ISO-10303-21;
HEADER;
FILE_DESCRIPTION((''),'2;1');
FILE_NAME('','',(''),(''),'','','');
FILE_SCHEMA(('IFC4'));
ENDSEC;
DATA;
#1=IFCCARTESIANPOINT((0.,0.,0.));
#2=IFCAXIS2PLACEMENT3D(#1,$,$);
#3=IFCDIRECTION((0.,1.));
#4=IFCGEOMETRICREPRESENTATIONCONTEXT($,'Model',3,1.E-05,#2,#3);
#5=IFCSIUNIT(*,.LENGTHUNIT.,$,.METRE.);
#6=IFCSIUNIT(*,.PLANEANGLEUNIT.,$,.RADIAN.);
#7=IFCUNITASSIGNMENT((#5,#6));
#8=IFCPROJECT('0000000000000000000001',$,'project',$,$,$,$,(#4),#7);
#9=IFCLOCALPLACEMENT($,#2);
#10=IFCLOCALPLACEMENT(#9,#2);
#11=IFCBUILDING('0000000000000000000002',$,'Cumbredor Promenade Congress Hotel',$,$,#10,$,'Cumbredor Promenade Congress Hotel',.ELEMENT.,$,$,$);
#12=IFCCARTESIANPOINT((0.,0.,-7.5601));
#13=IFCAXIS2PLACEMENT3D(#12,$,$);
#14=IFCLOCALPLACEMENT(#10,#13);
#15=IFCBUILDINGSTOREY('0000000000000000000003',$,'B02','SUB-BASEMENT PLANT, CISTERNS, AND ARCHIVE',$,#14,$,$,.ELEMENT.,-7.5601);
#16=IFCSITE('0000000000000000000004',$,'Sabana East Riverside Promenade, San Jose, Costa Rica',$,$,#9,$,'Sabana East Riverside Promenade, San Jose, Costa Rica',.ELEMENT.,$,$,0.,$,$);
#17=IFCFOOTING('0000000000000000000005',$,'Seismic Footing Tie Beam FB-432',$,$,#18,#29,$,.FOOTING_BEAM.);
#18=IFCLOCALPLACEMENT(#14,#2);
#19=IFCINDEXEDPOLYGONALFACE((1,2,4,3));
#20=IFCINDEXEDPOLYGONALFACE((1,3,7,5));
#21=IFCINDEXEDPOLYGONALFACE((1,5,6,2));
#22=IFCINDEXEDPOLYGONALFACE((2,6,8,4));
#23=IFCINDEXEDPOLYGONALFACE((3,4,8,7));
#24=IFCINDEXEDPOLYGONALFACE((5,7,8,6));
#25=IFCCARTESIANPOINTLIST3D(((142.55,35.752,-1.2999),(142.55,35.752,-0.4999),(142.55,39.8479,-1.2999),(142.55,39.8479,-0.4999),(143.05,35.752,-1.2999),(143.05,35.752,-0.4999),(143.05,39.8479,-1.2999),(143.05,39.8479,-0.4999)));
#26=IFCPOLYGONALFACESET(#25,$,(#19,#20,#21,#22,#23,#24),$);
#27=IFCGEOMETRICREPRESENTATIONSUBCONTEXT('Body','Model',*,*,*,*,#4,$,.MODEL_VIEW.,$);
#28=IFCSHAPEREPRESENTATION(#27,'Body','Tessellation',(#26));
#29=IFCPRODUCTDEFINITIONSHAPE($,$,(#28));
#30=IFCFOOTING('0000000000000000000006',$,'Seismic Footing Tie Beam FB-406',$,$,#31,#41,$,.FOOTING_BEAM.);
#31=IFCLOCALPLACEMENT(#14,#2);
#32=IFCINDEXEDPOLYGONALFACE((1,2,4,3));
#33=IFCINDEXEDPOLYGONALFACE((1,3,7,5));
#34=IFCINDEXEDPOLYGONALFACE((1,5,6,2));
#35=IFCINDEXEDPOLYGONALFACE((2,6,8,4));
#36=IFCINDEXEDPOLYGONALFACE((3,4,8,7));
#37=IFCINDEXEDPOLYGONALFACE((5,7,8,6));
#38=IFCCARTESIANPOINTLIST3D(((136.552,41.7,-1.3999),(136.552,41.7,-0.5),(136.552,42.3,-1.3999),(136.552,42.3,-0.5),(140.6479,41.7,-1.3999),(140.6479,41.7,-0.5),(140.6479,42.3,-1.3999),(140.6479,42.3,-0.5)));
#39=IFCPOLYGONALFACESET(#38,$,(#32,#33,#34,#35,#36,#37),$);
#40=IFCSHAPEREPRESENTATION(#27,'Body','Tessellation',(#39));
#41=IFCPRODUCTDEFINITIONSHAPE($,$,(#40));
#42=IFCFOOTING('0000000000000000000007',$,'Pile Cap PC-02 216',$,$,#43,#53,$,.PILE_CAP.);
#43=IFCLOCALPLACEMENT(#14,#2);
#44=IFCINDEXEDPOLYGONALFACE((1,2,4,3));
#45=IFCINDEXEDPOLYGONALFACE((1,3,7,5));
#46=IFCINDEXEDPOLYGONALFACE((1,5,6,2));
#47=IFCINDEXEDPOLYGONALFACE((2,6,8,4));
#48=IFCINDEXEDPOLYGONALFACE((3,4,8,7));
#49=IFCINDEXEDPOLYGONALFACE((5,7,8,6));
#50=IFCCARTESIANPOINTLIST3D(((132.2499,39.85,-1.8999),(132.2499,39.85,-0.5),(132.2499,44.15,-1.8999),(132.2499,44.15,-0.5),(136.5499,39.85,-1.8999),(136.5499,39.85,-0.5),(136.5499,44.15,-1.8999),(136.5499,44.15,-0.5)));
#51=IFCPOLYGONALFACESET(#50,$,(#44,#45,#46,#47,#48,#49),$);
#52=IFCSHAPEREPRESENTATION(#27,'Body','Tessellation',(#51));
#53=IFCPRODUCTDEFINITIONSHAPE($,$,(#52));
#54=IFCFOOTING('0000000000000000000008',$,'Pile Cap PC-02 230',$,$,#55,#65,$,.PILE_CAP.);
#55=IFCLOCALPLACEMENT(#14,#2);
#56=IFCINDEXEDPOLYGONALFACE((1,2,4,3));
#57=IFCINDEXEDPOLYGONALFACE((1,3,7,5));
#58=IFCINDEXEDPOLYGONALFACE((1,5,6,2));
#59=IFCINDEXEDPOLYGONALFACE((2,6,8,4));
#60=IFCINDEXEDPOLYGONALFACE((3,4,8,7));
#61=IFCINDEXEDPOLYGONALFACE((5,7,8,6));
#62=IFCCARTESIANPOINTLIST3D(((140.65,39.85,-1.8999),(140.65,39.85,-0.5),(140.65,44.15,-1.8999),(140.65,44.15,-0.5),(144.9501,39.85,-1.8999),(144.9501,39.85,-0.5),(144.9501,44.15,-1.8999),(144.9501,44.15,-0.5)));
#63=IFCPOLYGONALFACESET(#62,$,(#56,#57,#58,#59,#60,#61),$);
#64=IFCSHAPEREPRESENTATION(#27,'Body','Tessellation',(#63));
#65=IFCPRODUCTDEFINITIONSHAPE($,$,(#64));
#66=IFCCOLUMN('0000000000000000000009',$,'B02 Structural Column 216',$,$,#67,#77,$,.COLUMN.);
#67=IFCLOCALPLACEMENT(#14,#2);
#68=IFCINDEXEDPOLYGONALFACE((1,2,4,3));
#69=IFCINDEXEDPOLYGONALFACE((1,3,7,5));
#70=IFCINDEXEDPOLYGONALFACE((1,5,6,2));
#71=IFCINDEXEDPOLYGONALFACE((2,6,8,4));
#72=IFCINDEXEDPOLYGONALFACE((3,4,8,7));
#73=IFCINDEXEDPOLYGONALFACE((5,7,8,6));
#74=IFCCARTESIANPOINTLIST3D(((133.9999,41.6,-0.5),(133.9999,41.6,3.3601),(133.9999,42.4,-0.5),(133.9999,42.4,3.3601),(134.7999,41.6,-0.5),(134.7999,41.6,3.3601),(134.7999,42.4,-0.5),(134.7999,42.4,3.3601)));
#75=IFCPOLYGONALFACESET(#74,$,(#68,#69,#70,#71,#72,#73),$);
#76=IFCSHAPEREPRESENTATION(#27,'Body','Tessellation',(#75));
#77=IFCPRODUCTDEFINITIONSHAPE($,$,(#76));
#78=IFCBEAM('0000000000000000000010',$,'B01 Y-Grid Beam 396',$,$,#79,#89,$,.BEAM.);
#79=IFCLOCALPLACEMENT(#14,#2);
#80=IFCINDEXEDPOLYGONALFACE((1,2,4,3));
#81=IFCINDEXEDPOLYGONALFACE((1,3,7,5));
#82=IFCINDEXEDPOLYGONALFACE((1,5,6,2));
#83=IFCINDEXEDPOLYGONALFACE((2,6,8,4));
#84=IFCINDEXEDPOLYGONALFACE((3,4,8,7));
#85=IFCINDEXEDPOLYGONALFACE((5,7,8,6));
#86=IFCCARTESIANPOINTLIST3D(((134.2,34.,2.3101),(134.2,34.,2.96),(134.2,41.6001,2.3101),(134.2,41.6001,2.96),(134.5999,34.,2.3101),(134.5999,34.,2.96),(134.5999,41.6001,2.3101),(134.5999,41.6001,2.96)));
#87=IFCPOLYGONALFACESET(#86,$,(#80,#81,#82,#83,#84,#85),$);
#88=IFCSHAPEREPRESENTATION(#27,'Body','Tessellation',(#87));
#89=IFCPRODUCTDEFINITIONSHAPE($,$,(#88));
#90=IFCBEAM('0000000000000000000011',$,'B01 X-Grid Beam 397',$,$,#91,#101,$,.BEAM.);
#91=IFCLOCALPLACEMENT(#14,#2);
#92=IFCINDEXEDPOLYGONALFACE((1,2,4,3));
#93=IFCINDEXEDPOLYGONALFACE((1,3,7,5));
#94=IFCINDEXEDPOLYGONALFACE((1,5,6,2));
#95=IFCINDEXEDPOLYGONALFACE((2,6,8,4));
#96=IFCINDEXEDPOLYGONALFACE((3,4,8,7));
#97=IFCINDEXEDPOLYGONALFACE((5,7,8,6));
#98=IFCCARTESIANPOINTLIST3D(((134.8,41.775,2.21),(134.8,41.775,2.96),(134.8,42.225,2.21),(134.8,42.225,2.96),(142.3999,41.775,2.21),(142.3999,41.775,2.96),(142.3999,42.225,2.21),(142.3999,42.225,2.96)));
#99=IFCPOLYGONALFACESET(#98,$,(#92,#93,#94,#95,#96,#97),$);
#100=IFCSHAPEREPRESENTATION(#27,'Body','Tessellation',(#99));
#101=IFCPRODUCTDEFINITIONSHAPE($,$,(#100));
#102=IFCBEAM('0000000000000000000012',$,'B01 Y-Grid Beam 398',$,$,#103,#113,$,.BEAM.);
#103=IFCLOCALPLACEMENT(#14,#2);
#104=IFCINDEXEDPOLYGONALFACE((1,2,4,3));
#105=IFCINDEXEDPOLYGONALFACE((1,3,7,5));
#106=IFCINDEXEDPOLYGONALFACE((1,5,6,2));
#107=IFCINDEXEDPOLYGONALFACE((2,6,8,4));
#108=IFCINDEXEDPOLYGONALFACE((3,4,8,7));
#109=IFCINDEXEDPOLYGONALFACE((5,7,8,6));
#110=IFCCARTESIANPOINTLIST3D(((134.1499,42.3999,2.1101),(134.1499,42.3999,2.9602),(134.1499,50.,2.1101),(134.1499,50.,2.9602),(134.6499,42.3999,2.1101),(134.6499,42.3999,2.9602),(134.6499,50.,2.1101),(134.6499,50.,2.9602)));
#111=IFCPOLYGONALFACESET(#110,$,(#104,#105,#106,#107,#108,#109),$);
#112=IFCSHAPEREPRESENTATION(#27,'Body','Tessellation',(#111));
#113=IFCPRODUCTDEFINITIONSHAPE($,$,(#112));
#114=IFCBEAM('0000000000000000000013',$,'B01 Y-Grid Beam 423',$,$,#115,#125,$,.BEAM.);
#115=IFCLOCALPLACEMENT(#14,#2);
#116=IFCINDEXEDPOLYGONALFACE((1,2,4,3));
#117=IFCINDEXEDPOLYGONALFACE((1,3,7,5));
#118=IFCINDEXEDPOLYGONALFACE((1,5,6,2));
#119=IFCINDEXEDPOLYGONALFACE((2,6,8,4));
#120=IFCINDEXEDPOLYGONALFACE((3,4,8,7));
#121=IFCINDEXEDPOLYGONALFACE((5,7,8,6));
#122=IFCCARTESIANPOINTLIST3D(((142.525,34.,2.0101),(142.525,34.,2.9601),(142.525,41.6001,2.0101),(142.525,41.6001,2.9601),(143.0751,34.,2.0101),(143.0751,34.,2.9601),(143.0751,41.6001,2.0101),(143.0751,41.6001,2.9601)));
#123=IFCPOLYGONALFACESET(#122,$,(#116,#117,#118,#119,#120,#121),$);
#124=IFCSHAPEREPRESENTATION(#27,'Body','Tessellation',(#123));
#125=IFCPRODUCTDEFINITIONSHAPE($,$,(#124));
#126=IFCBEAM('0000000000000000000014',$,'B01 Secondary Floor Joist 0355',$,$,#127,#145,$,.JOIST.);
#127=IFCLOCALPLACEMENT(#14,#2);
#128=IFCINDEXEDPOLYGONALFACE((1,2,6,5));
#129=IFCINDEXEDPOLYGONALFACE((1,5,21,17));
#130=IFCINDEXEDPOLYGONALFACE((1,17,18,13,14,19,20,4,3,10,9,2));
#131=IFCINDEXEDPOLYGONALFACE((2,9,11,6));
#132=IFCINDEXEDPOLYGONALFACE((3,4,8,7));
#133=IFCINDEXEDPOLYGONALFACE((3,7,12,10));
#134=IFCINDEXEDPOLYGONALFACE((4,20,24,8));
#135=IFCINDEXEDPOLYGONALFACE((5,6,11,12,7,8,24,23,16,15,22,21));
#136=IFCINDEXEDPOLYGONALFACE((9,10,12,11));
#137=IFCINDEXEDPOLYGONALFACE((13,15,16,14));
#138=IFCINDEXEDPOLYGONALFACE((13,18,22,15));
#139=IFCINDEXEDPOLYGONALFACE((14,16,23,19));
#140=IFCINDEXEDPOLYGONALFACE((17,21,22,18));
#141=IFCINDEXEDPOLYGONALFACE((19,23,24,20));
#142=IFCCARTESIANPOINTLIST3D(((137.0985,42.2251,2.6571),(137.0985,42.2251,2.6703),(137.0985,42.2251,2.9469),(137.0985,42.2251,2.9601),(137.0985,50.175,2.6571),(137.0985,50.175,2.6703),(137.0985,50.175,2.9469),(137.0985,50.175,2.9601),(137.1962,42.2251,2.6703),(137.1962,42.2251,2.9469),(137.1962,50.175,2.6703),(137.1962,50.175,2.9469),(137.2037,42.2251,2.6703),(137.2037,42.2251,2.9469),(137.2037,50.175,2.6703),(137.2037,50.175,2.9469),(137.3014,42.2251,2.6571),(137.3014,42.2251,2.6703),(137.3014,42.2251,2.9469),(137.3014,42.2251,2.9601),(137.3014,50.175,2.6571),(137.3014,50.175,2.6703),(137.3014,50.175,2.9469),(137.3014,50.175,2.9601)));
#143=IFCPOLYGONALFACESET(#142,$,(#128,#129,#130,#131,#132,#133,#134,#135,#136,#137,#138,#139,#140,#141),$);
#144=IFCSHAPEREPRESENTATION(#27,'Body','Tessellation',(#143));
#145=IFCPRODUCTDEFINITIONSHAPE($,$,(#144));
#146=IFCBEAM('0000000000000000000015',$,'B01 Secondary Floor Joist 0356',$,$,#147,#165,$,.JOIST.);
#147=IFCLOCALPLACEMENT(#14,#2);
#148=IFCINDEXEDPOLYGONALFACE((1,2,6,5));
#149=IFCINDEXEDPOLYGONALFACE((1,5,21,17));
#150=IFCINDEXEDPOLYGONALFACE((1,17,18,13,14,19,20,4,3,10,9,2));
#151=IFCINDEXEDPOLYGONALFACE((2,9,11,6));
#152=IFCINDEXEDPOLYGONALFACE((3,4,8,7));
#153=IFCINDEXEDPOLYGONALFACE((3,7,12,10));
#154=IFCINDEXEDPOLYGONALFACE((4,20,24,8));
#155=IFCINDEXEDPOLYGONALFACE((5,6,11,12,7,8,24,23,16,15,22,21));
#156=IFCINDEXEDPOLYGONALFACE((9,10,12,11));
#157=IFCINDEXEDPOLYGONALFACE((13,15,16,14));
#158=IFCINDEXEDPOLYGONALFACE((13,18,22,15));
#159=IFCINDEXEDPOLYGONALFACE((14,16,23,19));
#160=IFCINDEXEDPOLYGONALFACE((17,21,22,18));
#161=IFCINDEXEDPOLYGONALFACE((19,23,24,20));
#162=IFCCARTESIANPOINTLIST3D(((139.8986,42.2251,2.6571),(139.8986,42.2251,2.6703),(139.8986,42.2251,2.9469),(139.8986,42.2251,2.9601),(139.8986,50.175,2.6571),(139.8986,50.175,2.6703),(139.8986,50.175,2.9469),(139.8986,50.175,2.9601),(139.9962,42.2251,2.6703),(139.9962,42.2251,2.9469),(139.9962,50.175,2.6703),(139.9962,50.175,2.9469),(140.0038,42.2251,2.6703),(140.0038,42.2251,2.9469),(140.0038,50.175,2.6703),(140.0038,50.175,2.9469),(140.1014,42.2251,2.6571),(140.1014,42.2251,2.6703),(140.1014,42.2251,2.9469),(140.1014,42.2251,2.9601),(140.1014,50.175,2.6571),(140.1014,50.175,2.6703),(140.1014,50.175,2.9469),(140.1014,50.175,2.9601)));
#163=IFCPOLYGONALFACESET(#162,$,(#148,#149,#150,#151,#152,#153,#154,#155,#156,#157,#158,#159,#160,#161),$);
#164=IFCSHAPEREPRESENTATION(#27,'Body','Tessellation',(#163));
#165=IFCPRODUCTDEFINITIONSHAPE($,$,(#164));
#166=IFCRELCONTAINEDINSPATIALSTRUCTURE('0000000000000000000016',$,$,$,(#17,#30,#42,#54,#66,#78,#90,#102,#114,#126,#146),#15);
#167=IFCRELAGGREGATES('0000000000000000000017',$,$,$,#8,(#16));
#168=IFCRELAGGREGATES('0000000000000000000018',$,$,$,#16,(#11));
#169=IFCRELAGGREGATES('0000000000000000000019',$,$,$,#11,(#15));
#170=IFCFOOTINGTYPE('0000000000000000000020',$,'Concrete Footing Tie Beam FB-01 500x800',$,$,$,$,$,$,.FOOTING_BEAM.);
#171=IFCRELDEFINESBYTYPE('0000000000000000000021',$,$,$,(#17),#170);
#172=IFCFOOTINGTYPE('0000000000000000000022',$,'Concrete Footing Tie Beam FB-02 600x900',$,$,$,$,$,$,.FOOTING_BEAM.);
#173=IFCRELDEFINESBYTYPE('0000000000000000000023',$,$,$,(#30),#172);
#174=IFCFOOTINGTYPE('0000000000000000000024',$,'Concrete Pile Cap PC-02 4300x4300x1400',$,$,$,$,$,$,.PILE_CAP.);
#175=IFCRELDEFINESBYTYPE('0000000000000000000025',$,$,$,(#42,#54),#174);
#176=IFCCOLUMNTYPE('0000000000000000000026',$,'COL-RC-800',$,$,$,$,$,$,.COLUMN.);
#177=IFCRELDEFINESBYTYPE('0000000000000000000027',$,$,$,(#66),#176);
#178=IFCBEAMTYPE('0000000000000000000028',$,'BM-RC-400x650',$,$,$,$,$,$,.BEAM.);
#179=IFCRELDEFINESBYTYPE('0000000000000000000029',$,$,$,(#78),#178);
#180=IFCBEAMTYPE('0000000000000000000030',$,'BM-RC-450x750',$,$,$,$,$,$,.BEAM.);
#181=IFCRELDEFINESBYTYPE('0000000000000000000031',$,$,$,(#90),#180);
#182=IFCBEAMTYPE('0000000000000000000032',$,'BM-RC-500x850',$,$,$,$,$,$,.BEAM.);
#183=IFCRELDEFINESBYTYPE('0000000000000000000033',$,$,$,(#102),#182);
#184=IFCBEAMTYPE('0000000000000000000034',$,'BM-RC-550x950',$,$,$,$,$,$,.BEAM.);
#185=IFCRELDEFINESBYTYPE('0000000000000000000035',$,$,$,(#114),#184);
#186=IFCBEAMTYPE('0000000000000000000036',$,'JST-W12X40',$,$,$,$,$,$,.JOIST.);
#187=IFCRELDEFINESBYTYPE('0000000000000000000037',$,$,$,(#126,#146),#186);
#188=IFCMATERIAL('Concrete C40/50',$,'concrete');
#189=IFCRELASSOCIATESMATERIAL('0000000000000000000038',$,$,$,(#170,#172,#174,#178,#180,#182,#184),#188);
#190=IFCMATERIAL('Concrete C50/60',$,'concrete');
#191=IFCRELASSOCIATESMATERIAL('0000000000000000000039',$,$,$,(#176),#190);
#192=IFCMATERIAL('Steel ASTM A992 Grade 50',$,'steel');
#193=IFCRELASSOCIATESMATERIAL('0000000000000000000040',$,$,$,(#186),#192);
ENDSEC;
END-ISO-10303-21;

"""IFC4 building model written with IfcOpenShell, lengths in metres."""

from ifc_helpers import new_model, si_unit, direction, frame, origin, origin_2d, place, context, subcontext, project, spatial, rectangle, i_section, extrude, material, material_profile, profile_set, type_object, element, save


model = new_model("IFC4")

# Units and contexts
model_context = context("Model", 3, precision=1e-05, world=origin(), true_north=direction((0.0, 1.0)))
body_context = subcontext(model_context, "Body", "Model", "MODEL_VIEW")
ifc_project = project(units=[si_unit("LENGTHUNIT", "METRE"), si_unit("PLANEANGLEUNIT", "RADIAN")], contexts=[model_context])

# Site, building, storey
site_placement = place(None, origin())
site = spatial("IfcSite", under=ifc_project, at=site_placement, Name="Sabana East Riverside Promenade, San Jose, Costa Rica", LongName="Sabana East Riverside Promenade, San Jose, Costa Rica", CompositionType="ELEMENT", RefElevation=0.0)
building_placement = place(site_placement, origin())
building = spatial("IfcBuilding", under=site, at=building_placement, Name="Cumbredor Promenade Congress Hotel", LongName="Cumbredor Promenade Congress Hotel", CompositionType="ELEMENT")
storey_placement = place(building_placement, frame((0.0, 0.0, -7.5601)))
storey = spatial("IfcBuildingStorey", under=building, at=storey_placement, Name="B02", Description="SUB-BASEMENT PLANT, CISTERNS, AND ARCHIVE", CompositionType="ELEMENT", Elevation=-7.5601)

# Shared definitions
ifc_material_1 = material(Name="Concrete C40/50", Category="concrete")

# Footings
ifc_material_profile_1 = material_profile(ifc_material_1, rectangle(XDim=0.5, YDim=0.8, at=origin_2d()), Name="FB 500x800")
ifc_profile_set_1 = profile_set([ifc_material_profile_1], Name="Concrete C40/50")
footing_type_1 = type_object("IfcFootingType", Name="Concrete Footing Tie Beam FB-01 500x800", PredefinedType="FOOTING_BEAM", material=ifc_profile_set_1)
for number, where, z_axis, x_axis, name in (
    (1, (142.8, 35.752, -0.8999), (0.0, 1.0, 0.0), (-1.0, 0.0, 0.0), "Seismic Footing Tie Beam FB-432"),
):
    element("IfcFooting", number, at=place(storey_placement, frame(where, z_axis=z_axis, x_axis=x_axis)), inside=storey, type_object=footing_type_1, Name=name, PredefinedType="FOOTING_BEAM", context=body_context, shape_type="SweptSolid", body=[
        extrude(rectangle(XDim=0.5, YDim=0.8, at=origin_2d()), origin(), (0.0, 0.0, 1.0), 4.0959),
    ])
ifc_material_profile_2 = material_profile(ifc_material_1, rectangle(XDim=0.6001, YDim=0.8999, at=origin_2d()), Name="FB 600x900")
ifc_profile_set_2 = profile_set([ifc_material_profile_2], Name="Concrete C40/50")
footing_type_2 = type_object("IfcFootingType", Name="Concrete Footing Tie Beam FB-02 600x900", PredefinedType="FOOTING_BEAM", material=ifc_profile_set_2)
footing_placement = place(storey_placement, frame((136.552, 42.0, -0.95), z_axis=(1.0, 0.0, 0.0), x_axis=(0.0, 1.0, 0.0)))
element("IfcFooting", 2, at=footing_placement, inside=storey, type_object=footing_type_2, Name="Seismic Footing Tie Beam FB-406", PredefinedType="FOOTING_BEAM", context=body_context, shape_type="SweptSolid", body=[
    extrude(rectangle(XDim=0.6001, YDim=0.8999, at=origin_2d()), origin(), (0.0, 0.0, 1.0), 4.0959),
])
footing_type_3 = type_object("IfcFootingType", Name="Concrete Pile Cap PC-02 4300x4300x1400", PredefinedType="PILE_CAP", material=ifc_material_1)
for number, where, z_axis, x_axis, name in (
    (3, (134.3999, 42.0, -1.8999), (0.0, 0.0, 1.0), (1.0, 0.0, 0.0), "Pile Cap PC-02 216"),
    (4, (142.8, 42.0, -1.8999), (0.0, 0.0, 1.0), (1.0, 0.0, 0.0), "Pile Cap PC-02 230"),
):
    element("IfcFooting", number, at=place(storey_placement, frame(where, z_axis=z_axis, x_axis=x_axis)), inside=storey, type_object=footing_type_3, Name=name, PredefinedType="PILE_CAP", context=body_context, shape_type="SweptSolid", body=[
        extrude(rectangle(XDim=4.3, YDim=4.3, at=origin_2d()), origin(), (0.0, 0.0, 1.0), 1.3999),
    ])

# Column
ifc_material_2 = material(Name="Concrete C50/60", Category="concrete")
ifc_material_profile_3 = material_profile(ifc_material_2, rectangle(XDim=0.8, YDim=0.8, at=origin_2d()), Name="RC 800x800")
ifc_profile_set_3 = profile_set([ifc_material_profile_3], Name="Concrete C50/60")
column_type = type_object("IfcColumnType", Name="COL-RC-800", PredefinedType="COLUMN", material=ifc_profile_set_3)
column_placement = place(storey_placement, frame((134.3999, 42.0, -0.5), z_axis=(0.0, 0.0, 1.0), x_axis=(1.0, 0.0, 0.0)))
element("IfcColumn", 5, at=column_placement, inside=storey, type_object=column_type, Name="B02 Structural Column 216", PredefinedType="COLUMN", context=body_context, shape_type="SweptSolid", body=[
    extrude(rectangle(XDim=0.8, YDim=0.8, at=origin_2d()), origin(), (0.0, 0.0, 1.0), 3.8601),
])

# Beams
ifc_material_profile_4 = material_profile(ifc_material_1, rectangle(XDim=0.3999, YDim=0.6499, at=origin_2d()), Name="RC BEAM 400x650")
ifc_profile_set_4 = profile_set([ifc_material_profile_4], Name="Concrete C40/50")
beam_type_1 = type_object("IfcBeamType", Name="BM-RC-400x650", PredefinedType="BEAM", material=ifc_profile_set_4)
beam_1_placement = place(storey_placement, frame((134.3999, 34.0, 2.635), z_axis=(0.0, 1.0, 0.0), x_axis=(-1.0, 0.0, 0.0)))
element("IfcBeam", 6, at=beam_1_placement, inside=storey, type_object=beam_type_1, Name="B01 Y-Grid Beam 396", PredefinedType="BEAM", context=body_context, shape_type="SweptSolid", body=[
    extrude(rectangle(XDim=0.3999, YDim=0.6499, at=origin_2d()), origin(), (0.0, 0.0, 1.0), 7.6001),
])
ifc_material_profile_5 = material_profile(ifc_material_1, rectangle(XDim=0.45, YDim=0.75, at=origin_2d()), Name="RC BEAM 450x750")
ifc_profile_set_5 = profile_set([ifc_material_profile_5], Name="Concrete C40/50")
beam_type_2 = type_object("IfcBeamType", Name="BM-RC-450x750", PredefinedType="BEAM", material=ifc_profile_set_5)
beam_2_placement = place(storey_placement, frame((134.8, 42.0, 2.585), z_axis=(1.0, 0.0, 0.0), x_axis=(0.0, 1.0, 0.0)))
element("IfcBeam", 7, at=beam_2_placement, inside=storey, type_object=beam_type_2, Name="B01 X-Grid Beam 397", PredefinedType="BEAM", context=body_context, shape_type="SweptSolid", body=[
    extrude(rectangle(XDim=0.45, YDim=0.75, at=origin_2d()), origin(), (0.0, 0.0, 1.0), 7.5999),
])
ifc_material_profile_6 = material_profile(ifc_material_1, rectangle(XDim=0.5, YDim=0.8501, at=origin_2d()), Name="RC BEAM 500x850")
ifc_profile_set_6 = profile_set([ifc_material_profile_6], Name="Concrete C40/50")
beam_type_3 = type_object("IfcBeamType", Name="BM-RC-500x850", PredefinedType="BEAM", material=ifc_profile_set_6)
beam_3_placement = place(storey_placement, frame((134.3999, 42.3999, 2.5352), z_axis=(0.0, 1.0, 0.0), x_axis=(-1.0, 0.0, 0.0)))
element("IfcBeam", 8, at=beam_3_placement, inside=storey, type_object=beam_type_3, Name="B01 Y-Grid Beam 398", PredefinedType="BEAM", context=body_context, shape_type="SweptSolid", body=[
    extrude(rectangle(XDim=0.5, YDim=0.8501, at=origin_2d()), origin(), (0.0, 0.0, 1.0), 7.6001),
])
ifc_material_profile_7 = material_profile(ifc_material_1, rectangle(XDim=0.55, YDim=0.95, at=origin_2d()), Name="RC BEAM 550x950")
ifc_profile_set_7 = profile_set([ifc_material_profile_7], Name="Concrete C40/50")
beam_type_4 = type_object("IfcBeamType", Name="BM-RC-550x950", PredefinedType="BEAM", material=ifc_profile_set_7)
beam_4_placement = place(storey_placement, frame((142.8, 34.0, 2.4851), z_axis=(0.0, 1.0, 0.0), x_axis=(-1.0, 0.0, 0.0)))
element("IfcBeam", 9, at=beam_4_placement, inside=storey, type_object=beam_type_4, Name="B01 Y-Grid Beam 423", PredefinedType="BEAM", context=body_context, shape_type="SweptSolid", body=[
    extrude(rectangle(XDim=0.55, YDim=0.95, at=origin_2d()), origin(), (0.0, 0.0, 1.0), 7.6001),
])
ifc_material_3 = material(Name="Steel ASTM A992 Grade 50", Category="steel")
ifc_material_profile_8 = material_profile(ifc_material_3, i_section(OverallWidth=0.2029, OverallDepth=0.303, WebThickness=0.0076, FlangeThickness=0.0132, at=origin_2d()), Name="W12X40")
ifc_profile_set_8 = profile_set([ifc_material_profile_8], Name="Steel ASTM A992 Grade 50")
beam_type_5 = type_object("IfcBeamType", Name="JST-W12X40", PredefinedType="JOIST", material=ifc_profile_set_8)
for number, where, z_axis, x_axis, name in (
    (10, (137.2, 42.2251, 2.8086), (0.0, 1.0, 0.0), (-1.0, 0.0, 0.0), "B01 Secondary Floor Joist 0355"),
    (11, (140.0, 42.2251, 2.8086), (0.0, 1.0, 0.0), (-1.0, 0.0, 0.0), "B01 Secondary Floor Joist 0356"),
):
    element("IfcBeam", number, at=place(storey_placement, frame(where, z_axis=z_axis, x_axis=x_axis)), inside=storey, type_object=beam_type_5, Name=name, PredefinedType="JOIST", context=body_context, shape_type="SweptSolid", body=[
        extrude(i_section(OverallWidth=0.2029, OverallDepth=0.303, WebThickness=0.0076, FlangeThickness=0.0132, at=origin_2d()), origin(), (0.0, 0.0, 1.0), 7.95),
    ])

save(model, "model.ifc")
